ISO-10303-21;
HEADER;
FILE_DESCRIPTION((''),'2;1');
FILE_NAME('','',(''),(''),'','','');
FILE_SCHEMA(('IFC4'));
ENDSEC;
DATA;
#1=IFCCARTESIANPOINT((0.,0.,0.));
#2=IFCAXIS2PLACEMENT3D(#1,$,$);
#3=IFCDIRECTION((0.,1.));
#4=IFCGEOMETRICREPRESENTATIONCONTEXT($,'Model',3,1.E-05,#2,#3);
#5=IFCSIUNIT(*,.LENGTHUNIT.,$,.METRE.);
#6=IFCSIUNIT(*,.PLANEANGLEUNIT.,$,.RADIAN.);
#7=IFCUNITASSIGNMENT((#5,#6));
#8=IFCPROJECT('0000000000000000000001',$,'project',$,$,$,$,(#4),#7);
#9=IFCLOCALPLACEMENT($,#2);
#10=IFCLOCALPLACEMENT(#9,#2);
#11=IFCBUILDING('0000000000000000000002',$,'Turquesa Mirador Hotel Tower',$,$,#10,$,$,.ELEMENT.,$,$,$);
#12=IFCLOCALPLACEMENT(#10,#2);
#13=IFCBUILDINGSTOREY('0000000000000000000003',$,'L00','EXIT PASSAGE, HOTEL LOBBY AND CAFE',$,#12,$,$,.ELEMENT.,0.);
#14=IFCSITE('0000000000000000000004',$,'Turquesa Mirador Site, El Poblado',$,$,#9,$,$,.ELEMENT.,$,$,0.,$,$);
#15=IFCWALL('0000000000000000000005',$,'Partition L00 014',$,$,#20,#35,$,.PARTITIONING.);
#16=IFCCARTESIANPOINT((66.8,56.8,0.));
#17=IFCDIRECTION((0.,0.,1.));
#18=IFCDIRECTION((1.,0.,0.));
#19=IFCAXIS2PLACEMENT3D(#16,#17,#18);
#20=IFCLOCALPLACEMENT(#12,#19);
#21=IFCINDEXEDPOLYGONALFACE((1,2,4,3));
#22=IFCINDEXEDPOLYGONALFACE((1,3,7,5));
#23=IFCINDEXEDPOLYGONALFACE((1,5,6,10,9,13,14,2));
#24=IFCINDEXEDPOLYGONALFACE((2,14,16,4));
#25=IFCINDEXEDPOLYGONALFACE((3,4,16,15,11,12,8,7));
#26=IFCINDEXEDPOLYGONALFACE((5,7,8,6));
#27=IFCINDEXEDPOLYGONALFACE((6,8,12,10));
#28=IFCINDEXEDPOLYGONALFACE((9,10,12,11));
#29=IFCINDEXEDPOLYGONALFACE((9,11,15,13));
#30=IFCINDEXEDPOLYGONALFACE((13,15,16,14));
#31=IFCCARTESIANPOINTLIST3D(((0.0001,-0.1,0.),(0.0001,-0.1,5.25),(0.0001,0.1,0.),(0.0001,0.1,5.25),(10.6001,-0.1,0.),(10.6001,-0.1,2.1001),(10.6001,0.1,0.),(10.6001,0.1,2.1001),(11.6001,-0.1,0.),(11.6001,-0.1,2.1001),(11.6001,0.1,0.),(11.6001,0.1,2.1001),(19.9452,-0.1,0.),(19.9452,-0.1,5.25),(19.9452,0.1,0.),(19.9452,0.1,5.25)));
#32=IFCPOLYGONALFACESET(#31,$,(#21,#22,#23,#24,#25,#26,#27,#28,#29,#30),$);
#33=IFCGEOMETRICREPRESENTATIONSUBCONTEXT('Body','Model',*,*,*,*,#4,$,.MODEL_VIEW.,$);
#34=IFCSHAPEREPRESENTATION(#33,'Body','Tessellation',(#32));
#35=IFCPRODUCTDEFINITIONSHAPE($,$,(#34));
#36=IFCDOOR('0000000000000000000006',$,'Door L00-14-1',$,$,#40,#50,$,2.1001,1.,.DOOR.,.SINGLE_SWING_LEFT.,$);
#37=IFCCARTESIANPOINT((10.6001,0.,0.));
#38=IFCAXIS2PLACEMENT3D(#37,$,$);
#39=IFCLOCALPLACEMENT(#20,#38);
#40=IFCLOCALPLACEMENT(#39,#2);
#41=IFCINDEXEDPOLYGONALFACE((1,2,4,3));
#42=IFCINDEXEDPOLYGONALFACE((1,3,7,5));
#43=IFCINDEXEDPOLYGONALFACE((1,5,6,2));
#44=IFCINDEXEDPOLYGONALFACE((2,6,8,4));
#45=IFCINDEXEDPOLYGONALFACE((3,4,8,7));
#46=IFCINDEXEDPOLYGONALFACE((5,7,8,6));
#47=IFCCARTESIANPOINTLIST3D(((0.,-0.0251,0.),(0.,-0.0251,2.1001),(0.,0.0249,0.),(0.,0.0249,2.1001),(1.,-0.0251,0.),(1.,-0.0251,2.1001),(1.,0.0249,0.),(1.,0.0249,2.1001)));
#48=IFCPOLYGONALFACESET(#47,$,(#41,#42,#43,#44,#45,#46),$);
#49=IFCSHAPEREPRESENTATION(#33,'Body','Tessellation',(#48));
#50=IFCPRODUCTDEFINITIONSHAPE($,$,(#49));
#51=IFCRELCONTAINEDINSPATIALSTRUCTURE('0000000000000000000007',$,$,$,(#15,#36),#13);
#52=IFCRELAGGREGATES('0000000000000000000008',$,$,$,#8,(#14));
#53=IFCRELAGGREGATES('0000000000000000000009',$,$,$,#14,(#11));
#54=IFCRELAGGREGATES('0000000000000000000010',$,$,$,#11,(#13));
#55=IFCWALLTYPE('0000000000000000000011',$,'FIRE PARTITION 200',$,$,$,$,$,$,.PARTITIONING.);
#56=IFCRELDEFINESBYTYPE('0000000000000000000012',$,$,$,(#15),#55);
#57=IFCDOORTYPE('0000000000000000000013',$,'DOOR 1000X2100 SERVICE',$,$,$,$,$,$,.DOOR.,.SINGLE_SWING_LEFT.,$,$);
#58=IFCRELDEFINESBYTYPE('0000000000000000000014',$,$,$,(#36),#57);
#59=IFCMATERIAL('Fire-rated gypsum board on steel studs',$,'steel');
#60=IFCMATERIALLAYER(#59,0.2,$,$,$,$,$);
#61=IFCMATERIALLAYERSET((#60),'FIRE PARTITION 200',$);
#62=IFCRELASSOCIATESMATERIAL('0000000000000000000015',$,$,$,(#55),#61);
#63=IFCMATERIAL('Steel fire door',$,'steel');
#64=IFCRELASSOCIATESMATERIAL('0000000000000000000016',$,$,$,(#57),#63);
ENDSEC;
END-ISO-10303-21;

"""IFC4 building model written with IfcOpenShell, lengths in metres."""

from ifc_helpers import new_model, si_unit, direction, frame, frame_2d, origin, place, context, subcontext, project, spatial, rectangle, extrude, material, layer, layer_set, type_object, element, fill, save


model = new_model("IFC4")

# Units and contexts
model_context = context("Model", 3, precision=1e-05, world=origin(), true_north=direction((0.0, 1.0)))
body_context = subcontext(model_context, "Body", "Model", "MODEL_VIEW")
ifc_project = project(units=[si_unit("LENGTHUNIT", "METRE"), si_unit("PLANEANGLEUNIT", "RADIAN")], contexts=[model_context])

# Site, building, storey
site_placement = place(None, origin())
site = spatial("IfcSite", under=ifc_project, at=site_placement, Name="Turquesa Mirador Site, El Poblado", CompositionType="ELEMENT", RefElevation=0.0)
building_placement = place(site_placement, origin())
building = spatial("IfcBuilding", under=site, at=building_placement, Name="Turquesa Mirador Hotel Tower", CompositionType="ELEMENT")
storey_placement = place(building_placement, origin())
storey = spatial("IfcBuildingStorey", under=building, at=storey_placement, Name="L00", Description="EXIT PASSAGE, HOTEL LOBBY AND CAFE", CompositionType="ELEMENT", Elevation=0.0)

# Wall, opening, door
ifc_material_1 = material(Name="Fire-rated gypsum board on steel studs", Category="steel")
ifc_layer_1 = layer(ifc_material_1, 0.2)
ifc_layer_set_1 = layer_set([ifc_layer_1], Name="FIRE PARTITION 200")
wall_type_1 = type_object("IfcWallType", Name="FIRE PARTITION 200", PredefinedType="PARTITIONING", material=ifc_layer_set_1)
wall_1_placement = place(storey_placement, frame((66.8, 56.8, 0.0), z_axis=(0.0, 0.0, 1.0), x_axis=(1.0, 0.0, 0.0)))
wall_1 = element("IfcWall", 1, at=wall_1_placement, inside=storey, type_object=wall_type_1, Name="Partition L00 014", PredefinedType="PARTITIONING", context=body_context, shape_type="SweptSolid", body=[
    extrude(rectangle(XDim=19.9451, YDim=0.2, at=frame_2d((9.9727, 0.0))), origin(), (0.0, 0.0, 1.0), 5.25),
])
opening_1_placement = place(wall_1_placement, frame((10.6001, 0.0, 0.0)))
opening_1 = element("IfcOpeningElement", 2, at=opening_1_placement, cuts=wall_1, PredefinedType="OPENING", context=body_context, shape_type="SweptSolid", body=[
    extrude(rectangle(XDim=1.0, YDim=2.1001, at=frame_2d((0.5, 1.05))), frame((0.0, 0.1099, 0.0), z_axis=(0.0, -1.0, 0.0), x_axis=(1.0, 0.0, 0.0)), (0.0, 0.0, 1.0), 0.22),
])
ifc_material_2 = material(Name="Steel fire door", Category="steel")
door_type_1 = type_object("IfcDoorType", Name="DOOR 1000X2100 SERVICE", OperationType="SINGLE_SWING_LEFT", PredefinedType="DOOR", material=ifc_material_2)
door_1_placement = place(opening_1_placement, origin())
door_1 = element("IfcDoor", 3, at=door_1_placement, inside=storey, type_object=door_type_1, Name="Door L00-14-1", OperationType="SINGLE_SWING_LEFT", OverallHeight=2.1001, OverallWidth=1.0, PredefinedType="DOOR", context=body_context, shape_type="SweptSolid", body=[
    extrude(rectangle(XDim=1.0, YDim=2.1001, at=frame_2d((0.5, 1.05))), frame((0.0, 0.0249, 0.0), z_axis=(0.0, -1.0, 0.0), x_axis=(1.0, 0.0, 0.0)), (0.0, 0.0, 1.0), 0.05),
])
fill(opening_1, door_1)

save(model, "model.ifc")
